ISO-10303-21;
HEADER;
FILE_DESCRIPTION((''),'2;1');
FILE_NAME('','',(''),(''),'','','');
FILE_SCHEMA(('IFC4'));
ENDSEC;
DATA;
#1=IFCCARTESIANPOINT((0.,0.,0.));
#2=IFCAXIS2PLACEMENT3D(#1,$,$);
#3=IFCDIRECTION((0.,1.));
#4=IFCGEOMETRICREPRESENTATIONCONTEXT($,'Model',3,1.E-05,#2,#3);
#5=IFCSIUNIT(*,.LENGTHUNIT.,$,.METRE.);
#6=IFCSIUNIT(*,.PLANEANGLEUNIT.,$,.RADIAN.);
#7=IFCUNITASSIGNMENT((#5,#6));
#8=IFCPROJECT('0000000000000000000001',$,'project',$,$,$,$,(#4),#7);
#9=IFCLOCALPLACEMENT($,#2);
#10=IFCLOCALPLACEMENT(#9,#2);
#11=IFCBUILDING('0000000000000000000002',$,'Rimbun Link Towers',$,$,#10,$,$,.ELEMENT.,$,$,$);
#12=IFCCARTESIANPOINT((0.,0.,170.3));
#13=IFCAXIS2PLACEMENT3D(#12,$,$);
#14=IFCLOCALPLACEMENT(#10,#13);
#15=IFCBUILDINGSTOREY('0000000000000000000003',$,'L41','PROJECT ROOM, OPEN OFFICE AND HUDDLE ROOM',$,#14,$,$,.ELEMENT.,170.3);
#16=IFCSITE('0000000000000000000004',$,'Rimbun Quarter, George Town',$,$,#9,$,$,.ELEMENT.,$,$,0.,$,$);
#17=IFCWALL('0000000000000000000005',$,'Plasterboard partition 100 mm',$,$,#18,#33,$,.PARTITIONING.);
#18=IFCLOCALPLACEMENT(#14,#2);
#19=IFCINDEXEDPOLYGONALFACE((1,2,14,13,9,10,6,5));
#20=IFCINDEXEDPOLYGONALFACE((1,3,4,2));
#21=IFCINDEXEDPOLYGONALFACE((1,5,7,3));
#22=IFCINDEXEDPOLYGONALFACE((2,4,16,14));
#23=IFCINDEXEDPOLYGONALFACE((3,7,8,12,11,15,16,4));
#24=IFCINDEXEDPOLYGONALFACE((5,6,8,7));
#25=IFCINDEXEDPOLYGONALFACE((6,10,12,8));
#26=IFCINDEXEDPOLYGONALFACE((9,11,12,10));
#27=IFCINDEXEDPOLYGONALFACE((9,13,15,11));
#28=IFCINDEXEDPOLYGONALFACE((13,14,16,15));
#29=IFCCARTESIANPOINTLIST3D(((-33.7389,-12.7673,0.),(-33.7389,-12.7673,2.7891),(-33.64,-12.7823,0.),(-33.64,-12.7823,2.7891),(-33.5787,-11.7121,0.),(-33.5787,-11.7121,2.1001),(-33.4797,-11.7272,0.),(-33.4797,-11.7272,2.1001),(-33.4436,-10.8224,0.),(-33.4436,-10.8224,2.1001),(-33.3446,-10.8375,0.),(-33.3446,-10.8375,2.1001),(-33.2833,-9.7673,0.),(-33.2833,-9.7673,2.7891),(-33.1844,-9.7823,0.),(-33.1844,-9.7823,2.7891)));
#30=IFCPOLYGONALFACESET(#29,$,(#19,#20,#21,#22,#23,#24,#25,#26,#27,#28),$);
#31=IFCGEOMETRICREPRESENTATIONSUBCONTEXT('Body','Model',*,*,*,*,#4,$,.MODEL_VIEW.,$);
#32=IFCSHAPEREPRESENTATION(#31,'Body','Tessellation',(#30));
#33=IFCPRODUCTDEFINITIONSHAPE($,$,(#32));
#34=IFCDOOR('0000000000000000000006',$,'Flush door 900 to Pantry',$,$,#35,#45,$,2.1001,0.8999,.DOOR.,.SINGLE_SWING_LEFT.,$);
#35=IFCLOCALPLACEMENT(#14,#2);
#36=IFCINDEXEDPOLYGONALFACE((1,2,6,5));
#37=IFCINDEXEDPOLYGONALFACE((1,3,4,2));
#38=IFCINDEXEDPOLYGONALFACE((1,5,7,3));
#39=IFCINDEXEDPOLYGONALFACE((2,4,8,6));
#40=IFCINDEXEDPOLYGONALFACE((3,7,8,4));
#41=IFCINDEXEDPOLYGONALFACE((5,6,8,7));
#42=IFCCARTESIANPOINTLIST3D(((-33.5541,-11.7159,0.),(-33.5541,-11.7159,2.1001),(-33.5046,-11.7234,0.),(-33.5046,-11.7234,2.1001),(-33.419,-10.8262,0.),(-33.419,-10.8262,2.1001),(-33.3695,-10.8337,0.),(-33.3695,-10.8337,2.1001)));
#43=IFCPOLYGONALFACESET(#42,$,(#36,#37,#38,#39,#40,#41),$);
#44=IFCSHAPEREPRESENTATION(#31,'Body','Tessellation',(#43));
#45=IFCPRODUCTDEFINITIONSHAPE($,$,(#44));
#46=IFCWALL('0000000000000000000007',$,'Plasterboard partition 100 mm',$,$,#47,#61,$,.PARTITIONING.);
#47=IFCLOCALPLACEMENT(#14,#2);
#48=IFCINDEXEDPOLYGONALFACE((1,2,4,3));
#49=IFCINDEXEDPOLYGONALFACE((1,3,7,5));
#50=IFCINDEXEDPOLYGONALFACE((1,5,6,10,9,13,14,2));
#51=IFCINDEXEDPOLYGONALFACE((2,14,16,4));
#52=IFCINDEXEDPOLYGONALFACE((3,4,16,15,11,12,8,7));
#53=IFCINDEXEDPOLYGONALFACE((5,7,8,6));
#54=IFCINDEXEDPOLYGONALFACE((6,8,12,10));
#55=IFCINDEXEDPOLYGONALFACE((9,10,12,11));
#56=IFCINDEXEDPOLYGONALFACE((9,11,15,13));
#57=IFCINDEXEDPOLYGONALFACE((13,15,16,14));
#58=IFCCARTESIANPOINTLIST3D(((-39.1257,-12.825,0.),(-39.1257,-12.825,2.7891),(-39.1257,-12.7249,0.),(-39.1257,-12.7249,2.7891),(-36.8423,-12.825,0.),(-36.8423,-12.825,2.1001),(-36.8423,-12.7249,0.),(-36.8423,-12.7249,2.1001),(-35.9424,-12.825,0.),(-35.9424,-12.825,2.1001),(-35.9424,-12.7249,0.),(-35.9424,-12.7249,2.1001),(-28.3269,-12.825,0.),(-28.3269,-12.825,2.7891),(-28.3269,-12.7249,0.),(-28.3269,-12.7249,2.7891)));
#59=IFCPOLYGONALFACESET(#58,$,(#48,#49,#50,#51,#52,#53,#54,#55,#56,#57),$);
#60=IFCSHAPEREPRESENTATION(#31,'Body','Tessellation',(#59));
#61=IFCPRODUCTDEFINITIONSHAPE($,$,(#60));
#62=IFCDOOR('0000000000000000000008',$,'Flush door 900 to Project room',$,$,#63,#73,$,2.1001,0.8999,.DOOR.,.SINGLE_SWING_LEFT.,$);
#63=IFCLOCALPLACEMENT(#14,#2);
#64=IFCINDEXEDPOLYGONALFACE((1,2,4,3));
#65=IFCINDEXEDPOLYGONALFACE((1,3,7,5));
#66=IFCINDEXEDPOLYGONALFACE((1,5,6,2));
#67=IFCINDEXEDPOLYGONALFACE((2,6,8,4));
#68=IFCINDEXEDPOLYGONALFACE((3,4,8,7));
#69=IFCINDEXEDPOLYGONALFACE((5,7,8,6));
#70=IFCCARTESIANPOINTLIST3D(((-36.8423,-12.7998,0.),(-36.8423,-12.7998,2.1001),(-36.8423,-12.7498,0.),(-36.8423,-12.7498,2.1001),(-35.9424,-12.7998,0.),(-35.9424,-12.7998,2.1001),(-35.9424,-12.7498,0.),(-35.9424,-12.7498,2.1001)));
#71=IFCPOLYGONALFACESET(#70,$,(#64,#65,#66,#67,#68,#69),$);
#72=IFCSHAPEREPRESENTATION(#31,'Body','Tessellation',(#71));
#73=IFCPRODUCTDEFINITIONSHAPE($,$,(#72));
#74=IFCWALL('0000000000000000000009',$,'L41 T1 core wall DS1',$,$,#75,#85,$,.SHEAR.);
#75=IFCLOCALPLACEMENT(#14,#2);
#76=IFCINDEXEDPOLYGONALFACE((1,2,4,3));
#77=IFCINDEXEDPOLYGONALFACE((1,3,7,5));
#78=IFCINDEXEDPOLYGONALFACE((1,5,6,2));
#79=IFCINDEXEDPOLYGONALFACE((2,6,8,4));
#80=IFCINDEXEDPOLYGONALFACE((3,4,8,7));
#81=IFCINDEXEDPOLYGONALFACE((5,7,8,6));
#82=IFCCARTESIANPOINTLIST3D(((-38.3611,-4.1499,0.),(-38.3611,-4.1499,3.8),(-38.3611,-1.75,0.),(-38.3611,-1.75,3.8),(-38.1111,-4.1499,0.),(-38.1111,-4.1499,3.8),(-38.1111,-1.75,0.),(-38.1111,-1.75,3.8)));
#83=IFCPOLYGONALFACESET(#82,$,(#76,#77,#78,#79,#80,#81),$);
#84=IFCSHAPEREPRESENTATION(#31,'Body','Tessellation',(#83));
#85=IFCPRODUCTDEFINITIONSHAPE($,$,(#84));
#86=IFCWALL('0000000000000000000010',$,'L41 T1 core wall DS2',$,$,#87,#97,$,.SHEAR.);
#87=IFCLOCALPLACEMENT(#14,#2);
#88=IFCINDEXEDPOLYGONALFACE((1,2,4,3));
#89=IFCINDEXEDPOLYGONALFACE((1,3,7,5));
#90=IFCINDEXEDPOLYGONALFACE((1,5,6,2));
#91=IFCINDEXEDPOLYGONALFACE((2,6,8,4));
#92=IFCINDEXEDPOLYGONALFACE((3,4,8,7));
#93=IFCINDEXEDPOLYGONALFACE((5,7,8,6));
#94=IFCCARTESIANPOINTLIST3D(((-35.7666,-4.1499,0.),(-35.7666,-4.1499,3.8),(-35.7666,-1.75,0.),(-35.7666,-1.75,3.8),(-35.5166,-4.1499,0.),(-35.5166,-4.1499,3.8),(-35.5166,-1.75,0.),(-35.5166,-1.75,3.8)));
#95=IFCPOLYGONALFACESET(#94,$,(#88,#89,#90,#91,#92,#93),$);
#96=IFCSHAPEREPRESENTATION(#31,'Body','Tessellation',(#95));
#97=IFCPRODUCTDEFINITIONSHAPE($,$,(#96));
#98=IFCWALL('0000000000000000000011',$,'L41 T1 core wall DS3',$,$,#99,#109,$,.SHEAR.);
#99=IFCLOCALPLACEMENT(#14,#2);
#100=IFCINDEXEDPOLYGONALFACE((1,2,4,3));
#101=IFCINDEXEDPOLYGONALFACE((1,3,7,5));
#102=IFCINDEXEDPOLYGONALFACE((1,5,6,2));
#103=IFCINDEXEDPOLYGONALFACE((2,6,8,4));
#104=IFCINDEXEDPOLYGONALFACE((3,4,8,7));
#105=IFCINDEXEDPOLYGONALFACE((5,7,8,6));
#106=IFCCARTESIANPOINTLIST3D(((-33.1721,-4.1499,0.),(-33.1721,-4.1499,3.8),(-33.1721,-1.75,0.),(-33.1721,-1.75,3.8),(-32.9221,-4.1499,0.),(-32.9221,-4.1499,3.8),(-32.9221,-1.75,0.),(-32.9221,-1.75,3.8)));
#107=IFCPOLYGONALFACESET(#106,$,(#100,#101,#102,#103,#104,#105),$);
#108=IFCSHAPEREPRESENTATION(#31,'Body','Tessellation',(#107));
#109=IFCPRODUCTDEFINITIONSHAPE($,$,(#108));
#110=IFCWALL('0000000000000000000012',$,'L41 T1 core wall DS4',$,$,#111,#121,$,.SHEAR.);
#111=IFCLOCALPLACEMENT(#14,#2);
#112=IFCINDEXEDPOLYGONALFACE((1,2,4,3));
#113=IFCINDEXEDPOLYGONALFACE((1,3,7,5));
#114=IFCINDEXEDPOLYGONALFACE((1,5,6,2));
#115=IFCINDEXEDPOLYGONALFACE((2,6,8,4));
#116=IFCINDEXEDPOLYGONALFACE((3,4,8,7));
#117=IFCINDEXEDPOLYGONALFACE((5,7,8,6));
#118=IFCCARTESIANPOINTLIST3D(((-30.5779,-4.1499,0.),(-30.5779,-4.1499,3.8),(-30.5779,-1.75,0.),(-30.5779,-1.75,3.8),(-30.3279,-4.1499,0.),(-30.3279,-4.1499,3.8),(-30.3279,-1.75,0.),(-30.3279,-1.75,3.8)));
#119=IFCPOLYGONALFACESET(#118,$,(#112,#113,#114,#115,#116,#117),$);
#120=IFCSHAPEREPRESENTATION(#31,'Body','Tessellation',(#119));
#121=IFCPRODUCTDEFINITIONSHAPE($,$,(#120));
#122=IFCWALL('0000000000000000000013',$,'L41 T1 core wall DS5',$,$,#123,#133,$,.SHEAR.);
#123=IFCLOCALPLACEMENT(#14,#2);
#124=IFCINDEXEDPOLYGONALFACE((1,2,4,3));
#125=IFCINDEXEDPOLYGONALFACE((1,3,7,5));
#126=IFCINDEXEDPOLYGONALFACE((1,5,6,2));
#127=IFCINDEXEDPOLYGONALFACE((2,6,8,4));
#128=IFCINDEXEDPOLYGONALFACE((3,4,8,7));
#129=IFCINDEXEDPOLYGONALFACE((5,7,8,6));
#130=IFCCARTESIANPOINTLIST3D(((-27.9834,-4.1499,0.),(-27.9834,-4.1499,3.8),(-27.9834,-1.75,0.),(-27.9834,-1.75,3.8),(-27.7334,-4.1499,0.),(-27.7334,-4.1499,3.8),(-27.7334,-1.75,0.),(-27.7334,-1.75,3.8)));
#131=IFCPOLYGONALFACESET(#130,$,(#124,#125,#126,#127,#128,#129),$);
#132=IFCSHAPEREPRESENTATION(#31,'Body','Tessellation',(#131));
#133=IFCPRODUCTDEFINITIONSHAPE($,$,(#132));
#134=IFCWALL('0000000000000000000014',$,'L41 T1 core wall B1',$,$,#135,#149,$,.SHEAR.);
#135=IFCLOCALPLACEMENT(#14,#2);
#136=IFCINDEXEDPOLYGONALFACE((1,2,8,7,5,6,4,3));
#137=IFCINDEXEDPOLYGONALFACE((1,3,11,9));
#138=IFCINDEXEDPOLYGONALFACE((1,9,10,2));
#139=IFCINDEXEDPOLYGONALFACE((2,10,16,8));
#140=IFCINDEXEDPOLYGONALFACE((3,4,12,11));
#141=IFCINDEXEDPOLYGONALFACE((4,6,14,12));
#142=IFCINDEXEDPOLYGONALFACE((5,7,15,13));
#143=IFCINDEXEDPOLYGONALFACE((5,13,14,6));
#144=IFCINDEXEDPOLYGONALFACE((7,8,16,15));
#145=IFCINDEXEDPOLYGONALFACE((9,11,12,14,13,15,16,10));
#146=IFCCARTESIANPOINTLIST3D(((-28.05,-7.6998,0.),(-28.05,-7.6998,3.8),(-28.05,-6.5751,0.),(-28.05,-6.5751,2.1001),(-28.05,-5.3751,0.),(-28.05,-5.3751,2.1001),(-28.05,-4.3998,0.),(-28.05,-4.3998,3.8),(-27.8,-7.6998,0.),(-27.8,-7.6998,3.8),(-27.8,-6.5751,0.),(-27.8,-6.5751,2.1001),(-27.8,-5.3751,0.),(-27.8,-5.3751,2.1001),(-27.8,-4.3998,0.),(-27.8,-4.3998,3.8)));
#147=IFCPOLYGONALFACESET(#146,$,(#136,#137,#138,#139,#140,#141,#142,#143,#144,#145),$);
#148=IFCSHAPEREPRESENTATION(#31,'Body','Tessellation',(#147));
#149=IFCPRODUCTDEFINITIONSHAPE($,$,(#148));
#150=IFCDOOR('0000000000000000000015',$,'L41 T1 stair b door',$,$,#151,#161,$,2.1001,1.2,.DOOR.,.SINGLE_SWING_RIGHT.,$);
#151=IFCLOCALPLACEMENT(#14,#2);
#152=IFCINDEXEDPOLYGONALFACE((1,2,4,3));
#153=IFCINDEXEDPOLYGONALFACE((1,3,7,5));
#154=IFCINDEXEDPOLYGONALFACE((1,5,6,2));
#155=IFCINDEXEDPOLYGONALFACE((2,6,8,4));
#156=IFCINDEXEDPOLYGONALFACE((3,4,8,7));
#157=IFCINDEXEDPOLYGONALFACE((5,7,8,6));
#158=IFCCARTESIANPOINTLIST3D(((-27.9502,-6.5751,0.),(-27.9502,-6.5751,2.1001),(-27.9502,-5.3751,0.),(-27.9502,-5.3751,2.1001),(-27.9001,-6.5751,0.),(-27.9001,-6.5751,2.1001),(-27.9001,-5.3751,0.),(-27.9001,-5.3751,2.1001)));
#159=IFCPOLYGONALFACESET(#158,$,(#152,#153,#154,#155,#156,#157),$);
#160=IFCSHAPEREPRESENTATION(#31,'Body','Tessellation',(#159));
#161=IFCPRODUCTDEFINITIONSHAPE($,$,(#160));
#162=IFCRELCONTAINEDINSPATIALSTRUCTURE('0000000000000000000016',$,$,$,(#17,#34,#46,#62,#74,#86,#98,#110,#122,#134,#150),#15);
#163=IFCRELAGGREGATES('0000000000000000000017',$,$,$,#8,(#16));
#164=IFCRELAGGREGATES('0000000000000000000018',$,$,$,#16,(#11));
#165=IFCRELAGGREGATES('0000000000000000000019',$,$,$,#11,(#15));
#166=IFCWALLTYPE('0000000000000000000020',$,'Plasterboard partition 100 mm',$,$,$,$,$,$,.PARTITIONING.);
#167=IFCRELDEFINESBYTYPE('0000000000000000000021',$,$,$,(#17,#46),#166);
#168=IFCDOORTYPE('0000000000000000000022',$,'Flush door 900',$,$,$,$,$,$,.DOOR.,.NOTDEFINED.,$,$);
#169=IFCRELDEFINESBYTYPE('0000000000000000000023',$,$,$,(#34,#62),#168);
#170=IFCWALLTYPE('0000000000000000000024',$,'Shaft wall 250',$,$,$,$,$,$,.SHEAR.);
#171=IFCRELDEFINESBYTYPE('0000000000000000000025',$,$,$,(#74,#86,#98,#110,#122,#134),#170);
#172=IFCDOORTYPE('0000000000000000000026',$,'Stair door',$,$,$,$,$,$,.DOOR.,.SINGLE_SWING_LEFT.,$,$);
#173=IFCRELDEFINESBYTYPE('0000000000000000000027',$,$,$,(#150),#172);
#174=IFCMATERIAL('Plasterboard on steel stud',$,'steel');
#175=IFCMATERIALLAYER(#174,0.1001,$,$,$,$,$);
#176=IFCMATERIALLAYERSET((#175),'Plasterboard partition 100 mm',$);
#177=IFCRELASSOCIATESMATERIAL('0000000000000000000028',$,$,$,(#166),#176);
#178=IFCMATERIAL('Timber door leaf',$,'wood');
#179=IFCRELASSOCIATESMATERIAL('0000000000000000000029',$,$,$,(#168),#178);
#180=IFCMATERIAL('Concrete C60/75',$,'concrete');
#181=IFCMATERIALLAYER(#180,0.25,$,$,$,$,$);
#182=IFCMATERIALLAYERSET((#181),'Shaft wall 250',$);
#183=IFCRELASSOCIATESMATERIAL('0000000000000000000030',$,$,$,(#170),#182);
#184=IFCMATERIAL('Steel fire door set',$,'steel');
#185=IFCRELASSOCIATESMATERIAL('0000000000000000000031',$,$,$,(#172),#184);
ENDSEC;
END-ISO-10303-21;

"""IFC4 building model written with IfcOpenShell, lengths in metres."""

from ifc_helpers import new_model, si_unit, direction, frame, frame_2d, origin, place, context, subcontext, project, spatial, rectangle, extrude, material, layer, layer_set, type_object, element, fill, save


model = new_model("IFC4")

# Units and contexts
model_context = context("Model", 3, precision=1e-05, world=origin(), true_north=direction((0.0, 1.0)))
body_context = subcontext(model_context, "Body", "Model", "MODEL_VIEW")
ifc_project = project(units=[si_unit("LENGTHUNIT", "METRE"), si_unit("PLANEANGLEUNIT", "RADIAN")], contexts=[model_context])

# Site, building, storey
site_placement = place(None, origin())
site = spatial("IfcSite", under=ifc_project, at=site_placement, Name="Rimbun Quarter, George Town", CompositionType="ELEMENT", RefElevation=0.0)
building_placement = place(site_placement, origin())
building = spatial("IfcBuilding", under=site, at=building_placement, Name="Rimbun Link Towers", CompositionType="ELEMENT")
storey_placement = place(building_placement, frame((0.0, 0.0, 170.3)))
storey = spatial("IfcBuildingStorey", under=building, at=storey_placement, Name="L41", Description="PROJECT ROOM, OPEN OFFICE AND HUDDLE ROOM", CompositionType="ELEMENT", Elevation=170.3)

# Walls, openings, doors
ifc_material_1 = material(Name="Plasterboard on steel stud", Category="steel")
ifc_layer_1 = layer(ifc_material_1, 0.1001)
ifc_layer_set_1 = layer_set([ifc_layer_1], Name="Plasterboard partition 100 mm")
wall_type_1 = type_object("IfcWallType", Name="Plasterboard partition 100 mm", PredefinedType="PARTITIONING", material=ifc_layer_set_1)
ifc_material_2 = material(Name="Timber door leaf", Category="wood")
door_type_1 = type_object("IfcDoorType", Name="Flush door 900", OperationType="NOTDEFINED", PredefinedType="DOOR", material=ifc_material_2)
wall_1_placement = place(storey_placement, frame((-33.2339, -9.7749, 0.0), z_axis=(0.0, 0.0, 1.0), x_axis=(-0.150134, -0.988666, 0.0)))
wall_1 = element("IfcWall", 1, at=wall_1_placement, inside=storey, type_object=wall_type_1, Name="Plasterboard partition 100 mm", PredefinedType="PARTITIONING", context=body_context, shape_type="SweptSolid", body=[
    extrude(rectangle(XDim=3.0344, YDim=0.1001, at=frame_2d((1.5171, 0.0))), origin(), (0.0, 0.0, 1.0), 2.7891),
])
opening_1_placement = place(wall_1_placement, frame((1.0671, 0.0, 0.0)))
opening_1 = element("IfcOpeningElement", 2, at=opening_1_placement, cuts=wall_1, PredefinedType="OPENING", context=body_context, shape_type="SweptSolid", body=[
    extrude(rectangle(XDim=0.8999, YDim=2.1001, at=frame_2d((0.45, 1.05))), frame((0.0, 0.0601, 0.0), z_axis=(0.0, -1.0, 0.0), x_axis=(1.0, 0.0, 0.0)), (0.0, 0.0, 1.0), 0.1201),
])
door_1_placement = place(opening_1_placement, origin())
door_1 = element("IfcDoor", 3, at=door_1_placement, inside=storey, type_object=door_type_1, Name="Flush door 900 to Pantry", OperationType="SINGLE_SWING_LEFT", OverallHeight=2.1001, OverallWidth=0.8999, PredefinedType="DOOR", context=body_context, shape_type="SweptSolid", body=[
    extrude(rectangle(XDim=0.8999, YDim=2.1001, at=frame_2d((0.45, 1.05))), frame((0.0, 0.0249, 0.0), z_axis=(0.0, -1.0, 0.0), x_axis=(1.0, 0.0, 0.0)), (0.0, 0.0, 1.0), 0.05),
])
fill(opening_1, door_1)
wall_2_placement = place(storey_placement, frame((-28.3269, -12.7749, 0.0), z_axis=(0.0, 0.0, 1.0), x_axis=(-1.0, 0.0, 0.0)))
wall_2 = element("IfcWall", 4, at=wall_2_placement, inside=storey, type_object=wall_type_1, Name="Plasterboard partition 100 mm", PredefinedType="PARTITIONING", context=body_context, shape_type="SweptSolid", body=[
    extrude(rectangle(XDim=10.7988, YDim=0.1001, at=frame_2d((5.3994, 0.0))), origin(), (0.0, 0.0, 1.0), 2.7891),
])
opening_2_placement = place(wall_2_placement, frame((7.6155, 0.0, 0.0)))
opening_2 = element("IfcOpeningElement", 5, at=opening_2_placement, cuts=wall_2, PredefinedType="OPENING", context=body_context, shape_type="SweptSolid", body=[
    extrude(rectangle(XDim=0.8999, YDim=2.1001, at=frame_2d((0.45, 1.05))), frame((0.0, 0.0601, 0.0), z_axis=(0.0, -1.0, 0.0), x_axis=(1.0, 0.0, 0.0)), (0.0, 0.0, 1.0), 0.1201),
])
door_2_placement = place(opening_2_placement, origin())
door_2 = element("IfcDoor", 6, at=door_2_placement, inside=storey, type_object=door_type_1, Name="Flush door 900 to Project room", OperationType="SINGLE_SWING_LEFT", OverallHeight=2.1001, OverallWidth=0.8999, PredefinedType="DOOR", context=body_context, shape_type="SweptSolid", body=[
    extrude(rectangle(XDim=0.8999, YDim=2.1001, at=frame_2d((0.45, 1.05))), frame((0.0, 0.0249, 0.0), z_axis=(0.0, -1.0, 0.0), x_axis=(1.0, 0.0, 0.0)), (0.0, 0.0, 1.0), 0.05),
])
fill(opening_2, door_2)

# Walls
ifc_material_3 = material(Name="Concrete C60/75", Category="concrete")
ifc_layer_2 = layer(ifc_material_3, 0.25)
ifc_layer_set_2 = layer_set([ifc_layer_2], Name="Shaft wall 250")
wall_type_2 = type_object("IfcWallType", Name="Shaft wall 250", PredefinedType="SHEAR", material=ifc_layer_set_2)
for number, where, z_axis, x_axis, name in (
    (7, (-38.2361, -4.1499, 0.0), (0.0, 0.0, 1.0), (0.0, 1.0, 0.0), "L41 T1 core wall DS1"),
    (8, (-35.6416, -4.1499, 0.0), (0.0, 0.0, 1.0), (0.0, 1.0, 0.0), "L41 T1 core wall DS2"),
    (9, (-33.0471, -4.1499, 0.0), (0.0, 0.0, 1.0), (0.0, 1.0, 0.0), "L41 T1 core wall DS3"),
    (10, (-30.4529, -4.1499, 0.0), (0.0, 0.0, 1.0), (0.0, 1.0, 0.0), "L41 T1 core wall DS4"),
    (11, (-27.8584, -4.1499, 0.0), (0.0, 0.0, 1.0), (0.0, 1.0, 0.0), "L41 T1 core wall DS5"),
):
    element("IfcWall", number, at=place(storey_placement, frame(where, z_axis=z_axis, x_axis=x_axis)), inside=storey, type_object=wall_type_2, Name=name, PredefinedType="SHEAR", context=body_context, shape_type="SweptSolid", body=[
        extrude(rectangle(XDim=2.3999, YDim=0.25, at=frame_2d((1.2, 0.0))), origin(), (0.0, 0.0, 1.0), 3.8),
    ])

# Wall, opening, door
wall_3_placement = place(storey_placement, frame((-27.925, -4.3999, 0.0), z_axis=(0.0, 0.0, 1.0), x_axis=(0.0, -1.0, 0.0)))
wall_3 = element("IfcWall", 12, at=wall_3_placement, inside=storey, type_object=wall_type_2, Name="L41 T1 core wall B1", PredefinedType="SHEAR", context=body_context, shape_type="SweptSolid", body=[
    extrude(rectangle(XDim=3.3, YDim=0.25, at=frame_2d((1.6499, 0.0))), origin(), (0.0, 0.0, 1.0), 3.8),
])
opening_3_placement = place(wall_3_placement, frame((0.9751, 0.0, 0.0)))
opening_3 = element("IfcOpeningElement", 13, at=opening_3_placement, cuts=wall_3, PredefinedType="OPENING", context=body_context, shape_type="SweptSolid", body=[
    extrude(rectangle(XDim=1.2, YDim=2.1001, at=frame_2d((0.6001, 1.05))), frame((0.0, 0.135, 0.0), z_axis=(0.0, -1.0, 0.0), x_axis=(1.0, 0.0, 0.0)), (0.0, 0.0, 1.0), 0.27),
])
ifc_material_4 = material(Name="Steel fire door set", Category="steel")
door_type_2 = type_object("IfcDoorType", Name="Stair door", OperationType="SINGLE_SWING_LEFT", PredefinedType="DOOR", material=ifc_material_4)
door_3_placement = place(opening_3_placement, origin())
door_3 = element("IfcDoor", 14, at=door_3_placement, inside=storey, type_object=door_type_2, Name="L41 T1 stair b door", OperationType="SINGLE_SWING_RIGHT", OverallHeight=2.1001, OverallWidth=1.2, PredefinedType="DOOR", context=body_context, shape_type="SweptSolid", body=[
    extrude(rectangle(XDim=1.2, YDim=2.1001, at=frame_2d((0.6001, 1.05))), frame((0.0, 0.0249, 0.0), z_axis=(0.0, -1.0, 0.0), x_axis=(1.0, 0.0, 0.0)), (0.0, 0.0, 1.0), 0.05),
])
fill(opening_3, door_3)

save(model, "model.ifc")
